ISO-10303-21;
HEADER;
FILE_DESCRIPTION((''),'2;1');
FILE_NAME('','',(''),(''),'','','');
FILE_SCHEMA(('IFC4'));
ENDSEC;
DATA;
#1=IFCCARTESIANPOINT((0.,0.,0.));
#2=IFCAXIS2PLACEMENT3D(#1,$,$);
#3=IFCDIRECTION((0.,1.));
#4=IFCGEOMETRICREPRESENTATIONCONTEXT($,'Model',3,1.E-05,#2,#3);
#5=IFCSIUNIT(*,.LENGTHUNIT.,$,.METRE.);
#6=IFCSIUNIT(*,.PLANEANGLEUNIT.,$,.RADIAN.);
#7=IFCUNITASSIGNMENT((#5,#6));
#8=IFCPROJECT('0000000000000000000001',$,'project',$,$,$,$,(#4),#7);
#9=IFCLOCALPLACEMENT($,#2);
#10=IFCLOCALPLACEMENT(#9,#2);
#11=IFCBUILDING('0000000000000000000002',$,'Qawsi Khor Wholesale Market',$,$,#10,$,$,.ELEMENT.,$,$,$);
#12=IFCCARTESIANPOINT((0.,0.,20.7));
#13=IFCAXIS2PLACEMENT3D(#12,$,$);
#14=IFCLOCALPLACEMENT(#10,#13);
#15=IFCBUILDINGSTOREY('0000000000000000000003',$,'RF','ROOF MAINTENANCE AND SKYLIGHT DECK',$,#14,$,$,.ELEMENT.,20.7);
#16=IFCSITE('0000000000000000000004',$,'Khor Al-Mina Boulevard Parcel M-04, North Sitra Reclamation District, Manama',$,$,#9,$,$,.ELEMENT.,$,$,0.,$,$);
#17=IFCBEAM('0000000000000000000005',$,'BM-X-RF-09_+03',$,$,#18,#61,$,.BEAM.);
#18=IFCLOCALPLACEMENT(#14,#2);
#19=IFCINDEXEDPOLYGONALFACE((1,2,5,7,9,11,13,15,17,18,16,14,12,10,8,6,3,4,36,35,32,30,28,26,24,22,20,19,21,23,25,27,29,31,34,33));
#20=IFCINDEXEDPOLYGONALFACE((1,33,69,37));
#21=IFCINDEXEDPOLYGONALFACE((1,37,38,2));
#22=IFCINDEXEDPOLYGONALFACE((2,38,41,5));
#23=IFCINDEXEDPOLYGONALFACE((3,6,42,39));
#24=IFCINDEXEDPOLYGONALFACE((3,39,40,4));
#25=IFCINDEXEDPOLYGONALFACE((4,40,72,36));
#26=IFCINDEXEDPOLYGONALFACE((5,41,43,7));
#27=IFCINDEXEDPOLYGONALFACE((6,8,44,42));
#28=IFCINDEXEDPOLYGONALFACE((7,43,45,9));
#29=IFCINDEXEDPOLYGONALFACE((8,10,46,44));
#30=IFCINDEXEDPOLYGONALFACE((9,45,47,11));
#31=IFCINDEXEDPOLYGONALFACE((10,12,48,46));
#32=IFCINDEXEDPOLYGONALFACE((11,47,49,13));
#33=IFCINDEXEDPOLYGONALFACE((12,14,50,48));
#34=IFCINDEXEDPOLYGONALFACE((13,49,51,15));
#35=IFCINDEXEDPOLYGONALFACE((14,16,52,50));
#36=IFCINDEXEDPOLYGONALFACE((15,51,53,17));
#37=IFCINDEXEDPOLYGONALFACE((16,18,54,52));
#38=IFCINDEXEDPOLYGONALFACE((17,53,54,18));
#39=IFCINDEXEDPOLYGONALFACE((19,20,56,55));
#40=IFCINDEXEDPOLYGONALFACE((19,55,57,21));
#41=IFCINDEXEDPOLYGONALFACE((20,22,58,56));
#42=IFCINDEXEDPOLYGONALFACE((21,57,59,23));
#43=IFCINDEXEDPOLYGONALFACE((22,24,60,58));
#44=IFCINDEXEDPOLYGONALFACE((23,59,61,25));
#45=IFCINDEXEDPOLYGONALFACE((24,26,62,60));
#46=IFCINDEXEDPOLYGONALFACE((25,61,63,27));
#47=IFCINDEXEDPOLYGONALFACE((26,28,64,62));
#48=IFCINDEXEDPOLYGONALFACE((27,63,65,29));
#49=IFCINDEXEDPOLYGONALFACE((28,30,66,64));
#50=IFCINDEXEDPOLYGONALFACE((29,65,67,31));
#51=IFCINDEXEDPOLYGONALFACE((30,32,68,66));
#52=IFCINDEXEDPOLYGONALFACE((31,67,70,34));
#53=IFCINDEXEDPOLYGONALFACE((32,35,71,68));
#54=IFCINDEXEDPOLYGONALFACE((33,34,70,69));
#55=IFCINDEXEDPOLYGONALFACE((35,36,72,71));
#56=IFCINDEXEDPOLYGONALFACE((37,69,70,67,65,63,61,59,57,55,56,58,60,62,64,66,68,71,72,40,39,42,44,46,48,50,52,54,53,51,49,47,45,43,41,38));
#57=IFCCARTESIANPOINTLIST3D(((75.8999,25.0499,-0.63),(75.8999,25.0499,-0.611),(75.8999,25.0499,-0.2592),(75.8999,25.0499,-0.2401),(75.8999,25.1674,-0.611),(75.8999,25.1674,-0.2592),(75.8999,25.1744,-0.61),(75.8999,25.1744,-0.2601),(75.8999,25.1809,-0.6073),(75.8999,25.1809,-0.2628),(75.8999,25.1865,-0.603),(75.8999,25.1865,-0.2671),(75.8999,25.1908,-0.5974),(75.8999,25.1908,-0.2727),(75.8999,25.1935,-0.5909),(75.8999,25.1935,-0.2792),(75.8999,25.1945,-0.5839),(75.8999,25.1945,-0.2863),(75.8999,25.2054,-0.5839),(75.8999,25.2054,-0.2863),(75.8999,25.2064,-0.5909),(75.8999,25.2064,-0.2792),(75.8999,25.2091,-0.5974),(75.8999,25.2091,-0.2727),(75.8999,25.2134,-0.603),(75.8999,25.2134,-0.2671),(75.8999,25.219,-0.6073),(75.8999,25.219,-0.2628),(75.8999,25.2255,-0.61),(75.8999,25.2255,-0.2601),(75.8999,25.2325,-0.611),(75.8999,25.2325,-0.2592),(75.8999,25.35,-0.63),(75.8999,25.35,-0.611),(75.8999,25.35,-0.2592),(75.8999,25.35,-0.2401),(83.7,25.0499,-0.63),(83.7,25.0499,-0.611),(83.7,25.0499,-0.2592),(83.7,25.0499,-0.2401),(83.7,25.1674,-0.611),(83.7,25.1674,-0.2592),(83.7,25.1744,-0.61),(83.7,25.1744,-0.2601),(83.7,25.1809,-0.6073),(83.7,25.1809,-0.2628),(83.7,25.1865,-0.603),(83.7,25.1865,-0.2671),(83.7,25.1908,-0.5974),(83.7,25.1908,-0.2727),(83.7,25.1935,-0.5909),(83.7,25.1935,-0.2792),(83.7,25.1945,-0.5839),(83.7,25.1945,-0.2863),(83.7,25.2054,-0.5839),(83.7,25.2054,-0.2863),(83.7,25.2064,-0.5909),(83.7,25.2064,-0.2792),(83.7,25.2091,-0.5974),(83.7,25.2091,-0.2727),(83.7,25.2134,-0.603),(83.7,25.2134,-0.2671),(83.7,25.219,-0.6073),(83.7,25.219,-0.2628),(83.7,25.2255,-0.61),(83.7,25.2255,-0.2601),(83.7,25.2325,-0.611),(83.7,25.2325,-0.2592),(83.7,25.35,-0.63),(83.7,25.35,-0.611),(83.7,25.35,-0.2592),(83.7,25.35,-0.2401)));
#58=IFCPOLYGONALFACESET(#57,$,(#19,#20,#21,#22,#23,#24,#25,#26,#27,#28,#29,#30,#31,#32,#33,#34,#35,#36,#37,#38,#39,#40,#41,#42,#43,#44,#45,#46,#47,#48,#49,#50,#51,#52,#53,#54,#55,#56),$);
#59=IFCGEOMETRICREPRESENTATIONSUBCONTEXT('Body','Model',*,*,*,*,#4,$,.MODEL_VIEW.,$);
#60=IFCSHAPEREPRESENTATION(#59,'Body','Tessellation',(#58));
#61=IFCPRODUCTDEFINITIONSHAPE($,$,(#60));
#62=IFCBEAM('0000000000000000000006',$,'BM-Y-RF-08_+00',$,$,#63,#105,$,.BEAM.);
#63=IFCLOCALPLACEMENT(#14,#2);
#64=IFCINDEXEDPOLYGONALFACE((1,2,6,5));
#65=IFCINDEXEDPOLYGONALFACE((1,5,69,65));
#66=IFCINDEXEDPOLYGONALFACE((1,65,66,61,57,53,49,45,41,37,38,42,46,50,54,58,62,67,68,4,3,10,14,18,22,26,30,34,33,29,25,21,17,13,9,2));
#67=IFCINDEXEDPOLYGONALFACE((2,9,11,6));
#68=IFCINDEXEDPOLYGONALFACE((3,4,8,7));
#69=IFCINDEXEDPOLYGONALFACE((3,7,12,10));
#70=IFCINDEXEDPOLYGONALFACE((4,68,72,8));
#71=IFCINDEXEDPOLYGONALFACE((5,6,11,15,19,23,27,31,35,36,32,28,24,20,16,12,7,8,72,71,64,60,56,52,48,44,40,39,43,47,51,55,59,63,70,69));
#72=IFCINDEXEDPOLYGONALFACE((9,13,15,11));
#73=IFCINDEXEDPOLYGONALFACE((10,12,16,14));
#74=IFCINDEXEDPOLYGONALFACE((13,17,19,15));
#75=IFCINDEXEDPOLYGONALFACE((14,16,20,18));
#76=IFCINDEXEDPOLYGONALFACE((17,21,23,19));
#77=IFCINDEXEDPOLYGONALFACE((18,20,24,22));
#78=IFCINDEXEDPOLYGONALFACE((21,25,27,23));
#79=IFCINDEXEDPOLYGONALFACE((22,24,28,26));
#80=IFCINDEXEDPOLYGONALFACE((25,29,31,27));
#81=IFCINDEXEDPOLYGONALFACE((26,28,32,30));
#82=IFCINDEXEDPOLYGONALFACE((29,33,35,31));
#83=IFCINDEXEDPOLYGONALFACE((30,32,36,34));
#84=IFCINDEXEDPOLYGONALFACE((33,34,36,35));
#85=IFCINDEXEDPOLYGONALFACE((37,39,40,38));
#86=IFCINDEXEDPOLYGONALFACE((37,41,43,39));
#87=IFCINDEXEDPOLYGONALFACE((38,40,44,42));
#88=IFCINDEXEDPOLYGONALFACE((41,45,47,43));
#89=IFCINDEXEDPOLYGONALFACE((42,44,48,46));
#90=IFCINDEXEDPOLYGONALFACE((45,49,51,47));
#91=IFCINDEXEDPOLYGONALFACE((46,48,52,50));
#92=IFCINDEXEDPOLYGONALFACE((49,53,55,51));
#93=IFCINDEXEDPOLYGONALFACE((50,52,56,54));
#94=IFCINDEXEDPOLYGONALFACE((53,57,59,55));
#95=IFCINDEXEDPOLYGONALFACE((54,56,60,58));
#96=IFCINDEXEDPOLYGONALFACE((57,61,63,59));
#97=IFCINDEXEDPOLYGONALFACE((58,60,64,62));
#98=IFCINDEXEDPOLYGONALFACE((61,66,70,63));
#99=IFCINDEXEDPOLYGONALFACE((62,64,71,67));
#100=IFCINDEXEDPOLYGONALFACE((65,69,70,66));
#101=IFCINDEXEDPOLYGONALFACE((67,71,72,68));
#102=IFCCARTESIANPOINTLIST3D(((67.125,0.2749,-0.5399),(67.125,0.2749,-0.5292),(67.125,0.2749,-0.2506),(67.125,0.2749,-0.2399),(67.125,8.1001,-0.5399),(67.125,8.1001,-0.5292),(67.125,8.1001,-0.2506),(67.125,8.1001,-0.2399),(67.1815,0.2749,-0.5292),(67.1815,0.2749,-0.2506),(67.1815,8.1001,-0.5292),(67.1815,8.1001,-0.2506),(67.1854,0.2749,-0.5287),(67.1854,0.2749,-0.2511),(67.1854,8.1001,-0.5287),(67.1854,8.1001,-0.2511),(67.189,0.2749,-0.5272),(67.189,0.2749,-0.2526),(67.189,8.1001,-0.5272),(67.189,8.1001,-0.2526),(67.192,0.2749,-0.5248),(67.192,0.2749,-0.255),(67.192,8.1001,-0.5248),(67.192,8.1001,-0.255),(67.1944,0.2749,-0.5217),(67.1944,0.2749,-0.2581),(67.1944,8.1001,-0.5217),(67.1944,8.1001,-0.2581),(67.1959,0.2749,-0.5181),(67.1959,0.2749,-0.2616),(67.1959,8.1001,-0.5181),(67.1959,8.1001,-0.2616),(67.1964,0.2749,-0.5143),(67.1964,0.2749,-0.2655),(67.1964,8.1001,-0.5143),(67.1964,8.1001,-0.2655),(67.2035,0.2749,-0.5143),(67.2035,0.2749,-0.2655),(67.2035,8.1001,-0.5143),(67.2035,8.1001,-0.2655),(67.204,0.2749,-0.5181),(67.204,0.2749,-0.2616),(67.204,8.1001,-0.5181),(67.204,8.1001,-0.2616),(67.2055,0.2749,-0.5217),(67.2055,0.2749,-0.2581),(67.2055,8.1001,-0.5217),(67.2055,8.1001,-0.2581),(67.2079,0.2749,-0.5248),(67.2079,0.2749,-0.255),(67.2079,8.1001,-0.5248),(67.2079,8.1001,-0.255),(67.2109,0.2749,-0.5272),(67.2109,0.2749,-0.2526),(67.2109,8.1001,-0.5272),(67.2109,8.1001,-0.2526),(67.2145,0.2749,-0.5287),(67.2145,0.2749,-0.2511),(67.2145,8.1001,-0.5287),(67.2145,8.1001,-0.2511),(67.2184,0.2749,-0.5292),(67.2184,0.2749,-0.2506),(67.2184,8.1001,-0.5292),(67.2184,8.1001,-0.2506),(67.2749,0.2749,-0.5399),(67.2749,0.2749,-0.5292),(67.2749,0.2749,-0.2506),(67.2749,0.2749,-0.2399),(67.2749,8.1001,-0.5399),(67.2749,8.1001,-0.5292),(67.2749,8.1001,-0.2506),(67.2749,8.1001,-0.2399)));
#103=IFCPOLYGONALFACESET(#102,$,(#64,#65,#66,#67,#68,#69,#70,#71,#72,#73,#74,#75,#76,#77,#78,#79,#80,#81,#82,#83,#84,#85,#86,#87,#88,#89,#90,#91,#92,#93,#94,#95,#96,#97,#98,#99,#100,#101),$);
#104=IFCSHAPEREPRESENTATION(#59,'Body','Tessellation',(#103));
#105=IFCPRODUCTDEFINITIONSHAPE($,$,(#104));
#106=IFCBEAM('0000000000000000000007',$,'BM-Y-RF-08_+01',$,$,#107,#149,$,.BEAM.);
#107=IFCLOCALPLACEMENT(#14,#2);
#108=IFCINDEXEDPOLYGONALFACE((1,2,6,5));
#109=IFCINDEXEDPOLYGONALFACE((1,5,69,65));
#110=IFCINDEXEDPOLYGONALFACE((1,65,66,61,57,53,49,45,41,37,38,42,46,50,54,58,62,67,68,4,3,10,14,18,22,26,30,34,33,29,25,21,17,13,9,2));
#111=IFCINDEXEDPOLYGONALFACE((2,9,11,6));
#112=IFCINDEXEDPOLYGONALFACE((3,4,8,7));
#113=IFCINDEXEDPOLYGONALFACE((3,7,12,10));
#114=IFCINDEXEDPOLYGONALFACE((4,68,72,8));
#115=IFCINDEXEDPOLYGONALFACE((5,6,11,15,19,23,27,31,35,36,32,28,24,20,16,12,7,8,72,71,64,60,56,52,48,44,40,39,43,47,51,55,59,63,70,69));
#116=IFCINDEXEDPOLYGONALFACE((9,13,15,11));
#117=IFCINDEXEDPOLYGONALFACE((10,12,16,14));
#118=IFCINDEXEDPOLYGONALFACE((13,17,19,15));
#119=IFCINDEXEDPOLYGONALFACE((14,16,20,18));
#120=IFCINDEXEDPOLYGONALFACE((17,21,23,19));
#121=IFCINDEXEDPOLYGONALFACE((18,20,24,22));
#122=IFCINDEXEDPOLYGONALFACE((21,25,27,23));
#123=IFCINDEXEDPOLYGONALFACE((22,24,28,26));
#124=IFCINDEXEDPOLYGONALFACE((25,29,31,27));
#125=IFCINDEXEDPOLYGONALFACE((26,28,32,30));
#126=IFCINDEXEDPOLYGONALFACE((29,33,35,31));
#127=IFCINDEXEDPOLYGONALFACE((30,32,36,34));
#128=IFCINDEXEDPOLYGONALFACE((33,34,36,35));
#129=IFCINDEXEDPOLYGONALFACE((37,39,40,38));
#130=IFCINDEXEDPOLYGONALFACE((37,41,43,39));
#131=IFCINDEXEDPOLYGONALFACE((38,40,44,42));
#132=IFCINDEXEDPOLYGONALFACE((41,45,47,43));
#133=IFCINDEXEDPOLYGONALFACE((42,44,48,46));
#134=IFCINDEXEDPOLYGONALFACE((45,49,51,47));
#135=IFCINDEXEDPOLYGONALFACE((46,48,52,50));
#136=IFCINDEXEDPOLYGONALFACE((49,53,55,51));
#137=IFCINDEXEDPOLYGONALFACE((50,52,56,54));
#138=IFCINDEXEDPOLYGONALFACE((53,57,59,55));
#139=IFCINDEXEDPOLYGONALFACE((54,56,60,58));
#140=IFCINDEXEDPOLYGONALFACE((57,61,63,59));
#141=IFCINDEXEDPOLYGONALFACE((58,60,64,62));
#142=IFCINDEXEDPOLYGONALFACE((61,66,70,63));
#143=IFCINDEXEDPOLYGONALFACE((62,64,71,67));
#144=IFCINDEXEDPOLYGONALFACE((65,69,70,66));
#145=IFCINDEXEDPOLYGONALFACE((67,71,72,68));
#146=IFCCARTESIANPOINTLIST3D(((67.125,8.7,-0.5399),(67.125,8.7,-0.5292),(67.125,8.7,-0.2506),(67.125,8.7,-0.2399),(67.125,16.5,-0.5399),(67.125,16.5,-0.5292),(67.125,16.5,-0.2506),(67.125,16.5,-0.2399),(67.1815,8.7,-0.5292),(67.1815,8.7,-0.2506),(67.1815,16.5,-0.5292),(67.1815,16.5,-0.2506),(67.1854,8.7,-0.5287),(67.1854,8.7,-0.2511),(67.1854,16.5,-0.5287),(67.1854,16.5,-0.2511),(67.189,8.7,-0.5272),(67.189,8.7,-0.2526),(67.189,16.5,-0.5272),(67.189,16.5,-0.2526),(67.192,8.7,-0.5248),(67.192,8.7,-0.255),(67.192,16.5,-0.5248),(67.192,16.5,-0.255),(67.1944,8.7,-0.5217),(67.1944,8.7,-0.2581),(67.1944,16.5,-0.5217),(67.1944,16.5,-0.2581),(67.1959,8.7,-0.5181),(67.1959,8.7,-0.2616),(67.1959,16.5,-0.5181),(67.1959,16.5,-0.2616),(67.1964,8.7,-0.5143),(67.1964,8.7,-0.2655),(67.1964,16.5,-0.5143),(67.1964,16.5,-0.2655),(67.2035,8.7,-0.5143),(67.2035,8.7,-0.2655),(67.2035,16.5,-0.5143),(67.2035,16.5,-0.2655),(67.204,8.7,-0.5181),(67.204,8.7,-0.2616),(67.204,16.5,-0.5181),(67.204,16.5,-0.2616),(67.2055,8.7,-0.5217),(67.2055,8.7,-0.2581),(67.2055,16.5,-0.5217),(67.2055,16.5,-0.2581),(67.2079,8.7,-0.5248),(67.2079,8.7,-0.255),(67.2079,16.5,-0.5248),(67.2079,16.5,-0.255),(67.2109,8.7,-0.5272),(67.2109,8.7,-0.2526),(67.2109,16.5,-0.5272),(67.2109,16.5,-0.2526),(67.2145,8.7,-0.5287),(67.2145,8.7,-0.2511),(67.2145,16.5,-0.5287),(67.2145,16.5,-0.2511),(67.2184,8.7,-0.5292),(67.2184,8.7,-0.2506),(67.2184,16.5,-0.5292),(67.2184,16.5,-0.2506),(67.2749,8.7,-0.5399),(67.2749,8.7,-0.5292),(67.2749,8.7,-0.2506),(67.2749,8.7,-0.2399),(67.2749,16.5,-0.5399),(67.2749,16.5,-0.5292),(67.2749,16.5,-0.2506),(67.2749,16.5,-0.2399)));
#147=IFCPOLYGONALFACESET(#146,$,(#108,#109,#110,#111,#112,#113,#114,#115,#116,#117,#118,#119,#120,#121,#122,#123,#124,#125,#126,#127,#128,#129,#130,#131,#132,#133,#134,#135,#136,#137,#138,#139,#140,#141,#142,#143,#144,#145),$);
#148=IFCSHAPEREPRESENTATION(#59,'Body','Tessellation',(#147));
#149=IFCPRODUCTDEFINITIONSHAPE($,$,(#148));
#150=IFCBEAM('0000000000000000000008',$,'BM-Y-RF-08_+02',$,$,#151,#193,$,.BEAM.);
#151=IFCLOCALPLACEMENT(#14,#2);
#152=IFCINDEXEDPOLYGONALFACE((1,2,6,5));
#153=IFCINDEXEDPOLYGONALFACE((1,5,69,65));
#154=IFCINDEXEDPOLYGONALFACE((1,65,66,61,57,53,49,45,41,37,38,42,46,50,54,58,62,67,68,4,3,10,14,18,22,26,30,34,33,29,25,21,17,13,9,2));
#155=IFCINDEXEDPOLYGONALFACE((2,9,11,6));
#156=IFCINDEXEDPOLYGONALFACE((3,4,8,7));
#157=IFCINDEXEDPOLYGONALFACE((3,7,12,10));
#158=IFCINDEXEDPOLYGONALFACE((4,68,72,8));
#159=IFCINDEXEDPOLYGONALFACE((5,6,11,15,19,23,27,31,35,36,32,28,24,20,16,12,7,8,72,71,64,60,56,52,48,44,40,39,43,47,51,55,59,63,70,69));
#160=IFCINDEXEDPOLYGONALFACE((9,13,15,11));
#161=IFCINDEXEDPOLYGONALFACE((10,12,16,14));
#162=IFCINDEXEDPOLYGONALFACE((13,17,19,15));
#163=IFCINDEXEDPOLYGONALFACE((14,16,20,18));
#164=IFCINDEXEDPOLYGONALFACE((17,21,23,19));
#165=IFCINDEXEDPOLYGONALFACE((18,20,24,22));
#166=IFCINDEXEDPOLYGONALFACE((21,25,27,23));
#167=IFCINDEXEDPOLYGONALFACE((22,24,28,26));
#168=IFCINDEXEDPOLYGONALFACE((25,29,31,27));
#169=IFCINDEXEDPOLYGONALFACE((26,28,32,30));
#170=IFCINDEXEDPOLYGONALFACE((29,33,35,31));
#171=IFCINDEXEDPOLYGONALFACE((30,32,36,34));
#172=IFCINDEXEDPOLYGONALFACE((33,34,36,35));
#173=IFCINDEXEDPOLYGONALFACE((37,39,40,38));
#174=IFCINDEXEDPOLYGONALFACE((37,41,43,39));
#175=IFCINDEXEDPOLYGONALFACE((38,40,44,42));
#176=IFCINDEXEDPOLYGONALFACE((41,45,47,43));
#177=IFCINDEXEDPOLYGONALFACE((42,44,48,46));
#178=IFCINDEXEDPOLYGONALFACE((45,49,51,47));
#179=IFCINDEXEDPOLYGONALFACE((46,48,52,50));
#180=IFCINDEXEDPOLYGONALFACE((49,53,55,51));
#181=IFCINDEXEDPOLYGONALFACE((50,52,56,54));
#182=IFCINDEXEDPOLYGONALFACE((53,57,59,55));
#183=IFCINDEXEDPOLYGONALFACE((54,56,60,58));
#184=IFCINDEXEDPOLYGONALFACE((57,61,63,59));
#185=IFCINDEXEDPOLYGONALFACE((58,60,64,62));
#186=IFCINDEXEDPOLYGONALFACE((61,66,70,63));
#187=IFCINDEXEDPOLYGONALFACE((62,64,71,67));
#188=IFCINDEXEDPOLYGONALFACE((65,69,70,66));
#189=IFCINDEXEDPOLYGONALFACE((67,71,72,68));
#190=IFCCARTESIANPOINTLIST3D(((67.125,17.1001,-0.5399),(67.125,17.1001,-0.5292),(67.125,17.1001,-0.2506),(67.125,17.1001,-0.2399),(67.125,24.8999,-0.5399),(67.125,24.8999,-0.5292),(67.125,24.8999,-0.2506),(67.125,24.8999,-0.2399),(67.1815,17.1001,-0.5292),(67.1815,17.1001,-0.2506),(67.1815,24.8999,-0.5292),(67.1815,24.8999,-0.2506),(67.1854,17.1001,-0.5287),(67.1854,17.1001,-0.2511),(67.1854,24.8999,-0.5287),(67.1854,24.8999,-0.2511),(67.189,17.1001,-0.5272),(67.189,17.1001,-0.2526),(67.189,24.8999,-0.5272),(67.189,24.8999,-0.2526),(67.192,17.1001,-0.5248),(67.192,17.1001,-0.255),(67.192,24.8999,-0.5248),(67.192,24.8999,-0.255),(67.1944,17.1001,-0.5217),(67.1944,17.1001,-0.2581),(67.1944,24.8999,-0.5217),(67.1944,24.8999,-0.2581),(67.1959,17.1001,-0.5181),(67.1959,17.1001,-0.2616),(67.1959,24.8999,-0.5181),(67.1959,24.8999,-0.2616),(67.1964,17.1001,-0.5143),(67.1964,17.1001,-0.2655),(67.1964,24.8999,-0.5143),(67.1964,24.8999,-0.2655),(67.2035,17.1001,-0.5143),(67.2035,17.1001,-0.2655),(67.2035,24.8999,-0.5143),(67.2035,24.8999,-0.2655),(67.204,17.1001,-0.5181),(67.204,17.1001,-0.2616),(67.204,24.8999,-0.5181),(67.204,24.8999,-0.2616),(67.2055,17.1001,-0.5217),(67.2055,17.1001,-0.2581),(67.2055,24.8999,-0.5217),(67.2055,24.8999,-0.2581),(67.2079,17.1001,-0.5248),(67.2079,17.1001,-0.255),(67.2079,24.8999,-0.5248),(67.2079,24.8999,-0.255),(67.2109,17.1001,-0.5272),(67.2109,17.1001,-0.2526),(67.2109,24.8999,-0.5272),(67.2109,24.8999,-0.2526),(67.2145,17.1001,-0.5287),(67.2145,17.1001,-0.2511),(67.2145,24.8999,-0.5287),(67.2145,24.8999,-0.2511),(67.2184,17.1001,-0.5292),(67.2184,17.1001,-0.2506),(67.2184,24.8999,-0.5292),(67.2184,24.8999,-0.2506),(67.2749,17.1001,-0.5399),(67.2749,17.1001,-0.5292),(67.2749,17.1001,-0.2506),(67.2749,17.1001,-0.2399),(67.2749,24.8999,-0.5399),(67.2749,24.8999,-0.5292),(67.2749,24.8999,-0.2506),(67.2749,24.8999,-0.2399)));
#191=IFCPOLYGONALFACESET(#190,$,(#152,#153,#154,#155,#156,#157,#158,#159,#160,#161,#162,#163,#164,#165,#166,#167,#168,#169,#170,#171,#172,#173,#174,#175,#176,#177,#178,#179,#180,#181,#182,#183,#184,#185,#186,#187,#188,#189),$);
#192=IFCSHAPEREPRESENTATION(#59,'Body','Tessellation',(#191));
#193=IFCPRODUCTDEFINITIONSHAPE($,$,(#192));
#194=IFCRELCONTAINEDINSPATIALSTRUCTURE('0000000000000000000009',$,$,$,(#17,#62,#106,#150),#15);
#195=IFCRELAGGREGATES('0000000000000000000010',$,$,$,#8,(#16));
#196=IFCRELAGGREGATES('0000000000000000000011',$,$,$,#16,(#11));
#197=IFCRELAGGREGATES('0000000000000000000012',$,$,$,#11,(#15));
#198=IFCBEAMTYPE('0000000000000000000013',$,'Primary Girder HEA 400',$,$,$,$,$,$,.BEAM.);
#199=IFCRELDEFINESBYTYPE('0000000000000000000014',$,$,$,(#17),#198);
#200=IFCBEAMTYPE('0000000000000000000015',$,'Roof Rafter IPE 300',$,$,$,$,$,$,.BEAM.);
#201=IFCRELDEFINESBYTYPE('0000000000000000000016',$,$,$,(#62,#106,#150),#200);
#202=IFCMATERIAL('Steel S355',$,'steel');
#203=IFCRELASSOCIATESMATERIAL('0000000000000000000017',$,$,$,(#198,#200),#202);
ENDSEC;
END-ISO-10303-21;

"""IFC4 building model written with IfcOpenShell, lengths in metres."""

from ifc_helpers import new_model, si_unit, direction, frame, origin, origin_2d, place, context, subcontext, project, spatial, i_section, extrude, material, material_profile, profile_set, type_object, element, save


model = new_model("IFC4")

# Units and contexts
model_context = context("Model", 3, precision=1e-05, world=origin(), true_north=direction((0.0, 1.0)))
body_context = subcontext(model_context, "Body", "Model", "MODEL_VIEW")
ifc_project = project(units=[si_unit("LENGTHUNIT", "METRE"), si_unit("PLANEANGLEUNIT", "RADIAN")], contexts=[model_context])

# Site, building, storey
site_placement = place(None, origin())
site = spatial("IfcSite", under=ifc_project, at=site_placement, Name="Khor Al-Mina Boulevard Parcel M-04, North Sitra Reclamation District, Manama", CompositionType="ELEMENT", RefElevation=0.0)
building_placement = place(site_placement, origin())
building = spatial("IfcBuilding", under=site, at=building_placement, Name="Qawsi Khor Wholesale Market", CompositionType="ELEMENT")
storey_placement = place(building_placement, frame((0.0, 0.0, 20.7)))
storey = spatial("IfcBuildingStorey", under=building, at=storey_placement, Name="RF", Description="ROOF MAINTENANCE AND SKYLIGHT DECK", CompositionType="ELEMENT", Elevation=20.7)

# Shared definitions
ifc_material_1 = material(Name="Steel S355", Category="steel")

# Beams
ifc_material_profile_1 = material_profile(ifc_material_1, i_section(OverallWidth=0.3, OverallDepth=0.3899, WebThickness=0.011, FlangeThickness=0.019, FilletRadius=0.0271, at=origin_2d()), Name="HEA 400")
ifc_profile_set_1 = profile_set([ifc_material_profile_1], Name="Steel S355")
beam_type_1 = type_object("IfcBeamType", Name="Primary Girder HEA 400", PredefinedType="BEAM", material=ifc_profile_set_1)
for number, where, z_axis, x_axis, name in (
    (1, (75.8999, 25.2, -0.4351), (1.0, 0.0, 0.0), (0.0, 1.0, 0.0), "BM-X-RF-09_+03"),
):
    element("IfcBeam", number, at=place(storey_placement, frame(where, z_axis=z_axis, x_axis=x_axis)), inside=storey, type_object=beam_type_1, Name=name, PredefinedType="BEAM", context=body_context, shape_type="SweptSolid", body=[
        extrude(i_section(OverallWidth=0.3, OverallDepth=0.3899, WebThickness=0.011, FlangeThickness=0.019, FilletRadius=0.0271, at=origin_2d()), origin(), (0.0, 0.0, 1.0), 7.8),
    ])
ifc_material_profile_2 = material_profile(ifc_material_1, i_section(OverallWidth=0.1499, OverallDepth=0.3, WebThickness=0.0071, FlangeThickness=0.0107, FilletRadius=0.0149, at=origin_2d()), Name="IPE 300")
ifc_profile_set_2 = profile_set([ifc_material_profile_2], Name="Steel S355")
beam_type_2 = type_object("IfcBeamType", Name="Roof Rafter IPE 300", PredefinedType="BEAM", material=ifc_profile_set_2)
beam_1_placement = place(storey_placement, frame((67.2, 0.2749, -0.3899), z_axis=(0.0, 1.0, 0.0), x_axis=(-1.0, 0.0, 0.0)))
element("IfcBeam", 2, at=beam_1_placement, inside=storey, type_object=beam_type_2, Name="BM-Y-RF-08_+00", PredefinedType="BEAM", context=body_context, shape_type="SweptSolid", body=[
    extrude(i_section(OverallWidth=0.1499, OverallDepth=0.3, WebThickness=0.0071, FlangeThickness=0.0107, FilletRadius=0.0149, at=origin_2d()), origin(), (0.0, 0.0, 1.0), 7.8252),
])
beam_2_placement = place(storey_placement, frame((67.2, 8.7, -0.3899), z_axis=(0.0, 1.0, 0.0), x_axis=(-1.0, 0.0, 0.0)))
element("IfcBeam", 3, at=beam_2_placement, inside=storey, type_object=beam_type_2, Name="BM-Y-RF-08_+01", PredefinedType="BEAM", context=body_context, shape_type="SweptSolid", body=[
    extrude(i_section(OverallWidth=0.1499, OverallDepth=0.3, WebThickness=0.0071, FlangeThickness=0.0107, FilletRadius=0.0149, at=origin_2d()), origin(), (0.0, 0.0, 1.0), 7.8),
])
beam_3_placement = place(storey_placement, frame((67.2, 17.1001, -0.3899), z_axis=(0.0, 1.0, 0.0), x_axis=(-1.0, 0.0, 0.0)))
element("IfcBeam", 4, at=beam_3_placement, inside=storey, type_object=beam_type_2, Name="BM-Y-RF-08_+02", PredefinedType="BEAM", context=body_context, shape_type="SweptSolid", body=[
    extrude(i_section(OverallWidth=0.1499, OverallDepth=0.3, WebThickness=0.0071, FlangeThickness=0.0107, FilletRadius=0.0149, at=origin_2d()), origin(), (0.0, 0.0, 1.0), 7.7998),
])

save(model, "model.ifc")
